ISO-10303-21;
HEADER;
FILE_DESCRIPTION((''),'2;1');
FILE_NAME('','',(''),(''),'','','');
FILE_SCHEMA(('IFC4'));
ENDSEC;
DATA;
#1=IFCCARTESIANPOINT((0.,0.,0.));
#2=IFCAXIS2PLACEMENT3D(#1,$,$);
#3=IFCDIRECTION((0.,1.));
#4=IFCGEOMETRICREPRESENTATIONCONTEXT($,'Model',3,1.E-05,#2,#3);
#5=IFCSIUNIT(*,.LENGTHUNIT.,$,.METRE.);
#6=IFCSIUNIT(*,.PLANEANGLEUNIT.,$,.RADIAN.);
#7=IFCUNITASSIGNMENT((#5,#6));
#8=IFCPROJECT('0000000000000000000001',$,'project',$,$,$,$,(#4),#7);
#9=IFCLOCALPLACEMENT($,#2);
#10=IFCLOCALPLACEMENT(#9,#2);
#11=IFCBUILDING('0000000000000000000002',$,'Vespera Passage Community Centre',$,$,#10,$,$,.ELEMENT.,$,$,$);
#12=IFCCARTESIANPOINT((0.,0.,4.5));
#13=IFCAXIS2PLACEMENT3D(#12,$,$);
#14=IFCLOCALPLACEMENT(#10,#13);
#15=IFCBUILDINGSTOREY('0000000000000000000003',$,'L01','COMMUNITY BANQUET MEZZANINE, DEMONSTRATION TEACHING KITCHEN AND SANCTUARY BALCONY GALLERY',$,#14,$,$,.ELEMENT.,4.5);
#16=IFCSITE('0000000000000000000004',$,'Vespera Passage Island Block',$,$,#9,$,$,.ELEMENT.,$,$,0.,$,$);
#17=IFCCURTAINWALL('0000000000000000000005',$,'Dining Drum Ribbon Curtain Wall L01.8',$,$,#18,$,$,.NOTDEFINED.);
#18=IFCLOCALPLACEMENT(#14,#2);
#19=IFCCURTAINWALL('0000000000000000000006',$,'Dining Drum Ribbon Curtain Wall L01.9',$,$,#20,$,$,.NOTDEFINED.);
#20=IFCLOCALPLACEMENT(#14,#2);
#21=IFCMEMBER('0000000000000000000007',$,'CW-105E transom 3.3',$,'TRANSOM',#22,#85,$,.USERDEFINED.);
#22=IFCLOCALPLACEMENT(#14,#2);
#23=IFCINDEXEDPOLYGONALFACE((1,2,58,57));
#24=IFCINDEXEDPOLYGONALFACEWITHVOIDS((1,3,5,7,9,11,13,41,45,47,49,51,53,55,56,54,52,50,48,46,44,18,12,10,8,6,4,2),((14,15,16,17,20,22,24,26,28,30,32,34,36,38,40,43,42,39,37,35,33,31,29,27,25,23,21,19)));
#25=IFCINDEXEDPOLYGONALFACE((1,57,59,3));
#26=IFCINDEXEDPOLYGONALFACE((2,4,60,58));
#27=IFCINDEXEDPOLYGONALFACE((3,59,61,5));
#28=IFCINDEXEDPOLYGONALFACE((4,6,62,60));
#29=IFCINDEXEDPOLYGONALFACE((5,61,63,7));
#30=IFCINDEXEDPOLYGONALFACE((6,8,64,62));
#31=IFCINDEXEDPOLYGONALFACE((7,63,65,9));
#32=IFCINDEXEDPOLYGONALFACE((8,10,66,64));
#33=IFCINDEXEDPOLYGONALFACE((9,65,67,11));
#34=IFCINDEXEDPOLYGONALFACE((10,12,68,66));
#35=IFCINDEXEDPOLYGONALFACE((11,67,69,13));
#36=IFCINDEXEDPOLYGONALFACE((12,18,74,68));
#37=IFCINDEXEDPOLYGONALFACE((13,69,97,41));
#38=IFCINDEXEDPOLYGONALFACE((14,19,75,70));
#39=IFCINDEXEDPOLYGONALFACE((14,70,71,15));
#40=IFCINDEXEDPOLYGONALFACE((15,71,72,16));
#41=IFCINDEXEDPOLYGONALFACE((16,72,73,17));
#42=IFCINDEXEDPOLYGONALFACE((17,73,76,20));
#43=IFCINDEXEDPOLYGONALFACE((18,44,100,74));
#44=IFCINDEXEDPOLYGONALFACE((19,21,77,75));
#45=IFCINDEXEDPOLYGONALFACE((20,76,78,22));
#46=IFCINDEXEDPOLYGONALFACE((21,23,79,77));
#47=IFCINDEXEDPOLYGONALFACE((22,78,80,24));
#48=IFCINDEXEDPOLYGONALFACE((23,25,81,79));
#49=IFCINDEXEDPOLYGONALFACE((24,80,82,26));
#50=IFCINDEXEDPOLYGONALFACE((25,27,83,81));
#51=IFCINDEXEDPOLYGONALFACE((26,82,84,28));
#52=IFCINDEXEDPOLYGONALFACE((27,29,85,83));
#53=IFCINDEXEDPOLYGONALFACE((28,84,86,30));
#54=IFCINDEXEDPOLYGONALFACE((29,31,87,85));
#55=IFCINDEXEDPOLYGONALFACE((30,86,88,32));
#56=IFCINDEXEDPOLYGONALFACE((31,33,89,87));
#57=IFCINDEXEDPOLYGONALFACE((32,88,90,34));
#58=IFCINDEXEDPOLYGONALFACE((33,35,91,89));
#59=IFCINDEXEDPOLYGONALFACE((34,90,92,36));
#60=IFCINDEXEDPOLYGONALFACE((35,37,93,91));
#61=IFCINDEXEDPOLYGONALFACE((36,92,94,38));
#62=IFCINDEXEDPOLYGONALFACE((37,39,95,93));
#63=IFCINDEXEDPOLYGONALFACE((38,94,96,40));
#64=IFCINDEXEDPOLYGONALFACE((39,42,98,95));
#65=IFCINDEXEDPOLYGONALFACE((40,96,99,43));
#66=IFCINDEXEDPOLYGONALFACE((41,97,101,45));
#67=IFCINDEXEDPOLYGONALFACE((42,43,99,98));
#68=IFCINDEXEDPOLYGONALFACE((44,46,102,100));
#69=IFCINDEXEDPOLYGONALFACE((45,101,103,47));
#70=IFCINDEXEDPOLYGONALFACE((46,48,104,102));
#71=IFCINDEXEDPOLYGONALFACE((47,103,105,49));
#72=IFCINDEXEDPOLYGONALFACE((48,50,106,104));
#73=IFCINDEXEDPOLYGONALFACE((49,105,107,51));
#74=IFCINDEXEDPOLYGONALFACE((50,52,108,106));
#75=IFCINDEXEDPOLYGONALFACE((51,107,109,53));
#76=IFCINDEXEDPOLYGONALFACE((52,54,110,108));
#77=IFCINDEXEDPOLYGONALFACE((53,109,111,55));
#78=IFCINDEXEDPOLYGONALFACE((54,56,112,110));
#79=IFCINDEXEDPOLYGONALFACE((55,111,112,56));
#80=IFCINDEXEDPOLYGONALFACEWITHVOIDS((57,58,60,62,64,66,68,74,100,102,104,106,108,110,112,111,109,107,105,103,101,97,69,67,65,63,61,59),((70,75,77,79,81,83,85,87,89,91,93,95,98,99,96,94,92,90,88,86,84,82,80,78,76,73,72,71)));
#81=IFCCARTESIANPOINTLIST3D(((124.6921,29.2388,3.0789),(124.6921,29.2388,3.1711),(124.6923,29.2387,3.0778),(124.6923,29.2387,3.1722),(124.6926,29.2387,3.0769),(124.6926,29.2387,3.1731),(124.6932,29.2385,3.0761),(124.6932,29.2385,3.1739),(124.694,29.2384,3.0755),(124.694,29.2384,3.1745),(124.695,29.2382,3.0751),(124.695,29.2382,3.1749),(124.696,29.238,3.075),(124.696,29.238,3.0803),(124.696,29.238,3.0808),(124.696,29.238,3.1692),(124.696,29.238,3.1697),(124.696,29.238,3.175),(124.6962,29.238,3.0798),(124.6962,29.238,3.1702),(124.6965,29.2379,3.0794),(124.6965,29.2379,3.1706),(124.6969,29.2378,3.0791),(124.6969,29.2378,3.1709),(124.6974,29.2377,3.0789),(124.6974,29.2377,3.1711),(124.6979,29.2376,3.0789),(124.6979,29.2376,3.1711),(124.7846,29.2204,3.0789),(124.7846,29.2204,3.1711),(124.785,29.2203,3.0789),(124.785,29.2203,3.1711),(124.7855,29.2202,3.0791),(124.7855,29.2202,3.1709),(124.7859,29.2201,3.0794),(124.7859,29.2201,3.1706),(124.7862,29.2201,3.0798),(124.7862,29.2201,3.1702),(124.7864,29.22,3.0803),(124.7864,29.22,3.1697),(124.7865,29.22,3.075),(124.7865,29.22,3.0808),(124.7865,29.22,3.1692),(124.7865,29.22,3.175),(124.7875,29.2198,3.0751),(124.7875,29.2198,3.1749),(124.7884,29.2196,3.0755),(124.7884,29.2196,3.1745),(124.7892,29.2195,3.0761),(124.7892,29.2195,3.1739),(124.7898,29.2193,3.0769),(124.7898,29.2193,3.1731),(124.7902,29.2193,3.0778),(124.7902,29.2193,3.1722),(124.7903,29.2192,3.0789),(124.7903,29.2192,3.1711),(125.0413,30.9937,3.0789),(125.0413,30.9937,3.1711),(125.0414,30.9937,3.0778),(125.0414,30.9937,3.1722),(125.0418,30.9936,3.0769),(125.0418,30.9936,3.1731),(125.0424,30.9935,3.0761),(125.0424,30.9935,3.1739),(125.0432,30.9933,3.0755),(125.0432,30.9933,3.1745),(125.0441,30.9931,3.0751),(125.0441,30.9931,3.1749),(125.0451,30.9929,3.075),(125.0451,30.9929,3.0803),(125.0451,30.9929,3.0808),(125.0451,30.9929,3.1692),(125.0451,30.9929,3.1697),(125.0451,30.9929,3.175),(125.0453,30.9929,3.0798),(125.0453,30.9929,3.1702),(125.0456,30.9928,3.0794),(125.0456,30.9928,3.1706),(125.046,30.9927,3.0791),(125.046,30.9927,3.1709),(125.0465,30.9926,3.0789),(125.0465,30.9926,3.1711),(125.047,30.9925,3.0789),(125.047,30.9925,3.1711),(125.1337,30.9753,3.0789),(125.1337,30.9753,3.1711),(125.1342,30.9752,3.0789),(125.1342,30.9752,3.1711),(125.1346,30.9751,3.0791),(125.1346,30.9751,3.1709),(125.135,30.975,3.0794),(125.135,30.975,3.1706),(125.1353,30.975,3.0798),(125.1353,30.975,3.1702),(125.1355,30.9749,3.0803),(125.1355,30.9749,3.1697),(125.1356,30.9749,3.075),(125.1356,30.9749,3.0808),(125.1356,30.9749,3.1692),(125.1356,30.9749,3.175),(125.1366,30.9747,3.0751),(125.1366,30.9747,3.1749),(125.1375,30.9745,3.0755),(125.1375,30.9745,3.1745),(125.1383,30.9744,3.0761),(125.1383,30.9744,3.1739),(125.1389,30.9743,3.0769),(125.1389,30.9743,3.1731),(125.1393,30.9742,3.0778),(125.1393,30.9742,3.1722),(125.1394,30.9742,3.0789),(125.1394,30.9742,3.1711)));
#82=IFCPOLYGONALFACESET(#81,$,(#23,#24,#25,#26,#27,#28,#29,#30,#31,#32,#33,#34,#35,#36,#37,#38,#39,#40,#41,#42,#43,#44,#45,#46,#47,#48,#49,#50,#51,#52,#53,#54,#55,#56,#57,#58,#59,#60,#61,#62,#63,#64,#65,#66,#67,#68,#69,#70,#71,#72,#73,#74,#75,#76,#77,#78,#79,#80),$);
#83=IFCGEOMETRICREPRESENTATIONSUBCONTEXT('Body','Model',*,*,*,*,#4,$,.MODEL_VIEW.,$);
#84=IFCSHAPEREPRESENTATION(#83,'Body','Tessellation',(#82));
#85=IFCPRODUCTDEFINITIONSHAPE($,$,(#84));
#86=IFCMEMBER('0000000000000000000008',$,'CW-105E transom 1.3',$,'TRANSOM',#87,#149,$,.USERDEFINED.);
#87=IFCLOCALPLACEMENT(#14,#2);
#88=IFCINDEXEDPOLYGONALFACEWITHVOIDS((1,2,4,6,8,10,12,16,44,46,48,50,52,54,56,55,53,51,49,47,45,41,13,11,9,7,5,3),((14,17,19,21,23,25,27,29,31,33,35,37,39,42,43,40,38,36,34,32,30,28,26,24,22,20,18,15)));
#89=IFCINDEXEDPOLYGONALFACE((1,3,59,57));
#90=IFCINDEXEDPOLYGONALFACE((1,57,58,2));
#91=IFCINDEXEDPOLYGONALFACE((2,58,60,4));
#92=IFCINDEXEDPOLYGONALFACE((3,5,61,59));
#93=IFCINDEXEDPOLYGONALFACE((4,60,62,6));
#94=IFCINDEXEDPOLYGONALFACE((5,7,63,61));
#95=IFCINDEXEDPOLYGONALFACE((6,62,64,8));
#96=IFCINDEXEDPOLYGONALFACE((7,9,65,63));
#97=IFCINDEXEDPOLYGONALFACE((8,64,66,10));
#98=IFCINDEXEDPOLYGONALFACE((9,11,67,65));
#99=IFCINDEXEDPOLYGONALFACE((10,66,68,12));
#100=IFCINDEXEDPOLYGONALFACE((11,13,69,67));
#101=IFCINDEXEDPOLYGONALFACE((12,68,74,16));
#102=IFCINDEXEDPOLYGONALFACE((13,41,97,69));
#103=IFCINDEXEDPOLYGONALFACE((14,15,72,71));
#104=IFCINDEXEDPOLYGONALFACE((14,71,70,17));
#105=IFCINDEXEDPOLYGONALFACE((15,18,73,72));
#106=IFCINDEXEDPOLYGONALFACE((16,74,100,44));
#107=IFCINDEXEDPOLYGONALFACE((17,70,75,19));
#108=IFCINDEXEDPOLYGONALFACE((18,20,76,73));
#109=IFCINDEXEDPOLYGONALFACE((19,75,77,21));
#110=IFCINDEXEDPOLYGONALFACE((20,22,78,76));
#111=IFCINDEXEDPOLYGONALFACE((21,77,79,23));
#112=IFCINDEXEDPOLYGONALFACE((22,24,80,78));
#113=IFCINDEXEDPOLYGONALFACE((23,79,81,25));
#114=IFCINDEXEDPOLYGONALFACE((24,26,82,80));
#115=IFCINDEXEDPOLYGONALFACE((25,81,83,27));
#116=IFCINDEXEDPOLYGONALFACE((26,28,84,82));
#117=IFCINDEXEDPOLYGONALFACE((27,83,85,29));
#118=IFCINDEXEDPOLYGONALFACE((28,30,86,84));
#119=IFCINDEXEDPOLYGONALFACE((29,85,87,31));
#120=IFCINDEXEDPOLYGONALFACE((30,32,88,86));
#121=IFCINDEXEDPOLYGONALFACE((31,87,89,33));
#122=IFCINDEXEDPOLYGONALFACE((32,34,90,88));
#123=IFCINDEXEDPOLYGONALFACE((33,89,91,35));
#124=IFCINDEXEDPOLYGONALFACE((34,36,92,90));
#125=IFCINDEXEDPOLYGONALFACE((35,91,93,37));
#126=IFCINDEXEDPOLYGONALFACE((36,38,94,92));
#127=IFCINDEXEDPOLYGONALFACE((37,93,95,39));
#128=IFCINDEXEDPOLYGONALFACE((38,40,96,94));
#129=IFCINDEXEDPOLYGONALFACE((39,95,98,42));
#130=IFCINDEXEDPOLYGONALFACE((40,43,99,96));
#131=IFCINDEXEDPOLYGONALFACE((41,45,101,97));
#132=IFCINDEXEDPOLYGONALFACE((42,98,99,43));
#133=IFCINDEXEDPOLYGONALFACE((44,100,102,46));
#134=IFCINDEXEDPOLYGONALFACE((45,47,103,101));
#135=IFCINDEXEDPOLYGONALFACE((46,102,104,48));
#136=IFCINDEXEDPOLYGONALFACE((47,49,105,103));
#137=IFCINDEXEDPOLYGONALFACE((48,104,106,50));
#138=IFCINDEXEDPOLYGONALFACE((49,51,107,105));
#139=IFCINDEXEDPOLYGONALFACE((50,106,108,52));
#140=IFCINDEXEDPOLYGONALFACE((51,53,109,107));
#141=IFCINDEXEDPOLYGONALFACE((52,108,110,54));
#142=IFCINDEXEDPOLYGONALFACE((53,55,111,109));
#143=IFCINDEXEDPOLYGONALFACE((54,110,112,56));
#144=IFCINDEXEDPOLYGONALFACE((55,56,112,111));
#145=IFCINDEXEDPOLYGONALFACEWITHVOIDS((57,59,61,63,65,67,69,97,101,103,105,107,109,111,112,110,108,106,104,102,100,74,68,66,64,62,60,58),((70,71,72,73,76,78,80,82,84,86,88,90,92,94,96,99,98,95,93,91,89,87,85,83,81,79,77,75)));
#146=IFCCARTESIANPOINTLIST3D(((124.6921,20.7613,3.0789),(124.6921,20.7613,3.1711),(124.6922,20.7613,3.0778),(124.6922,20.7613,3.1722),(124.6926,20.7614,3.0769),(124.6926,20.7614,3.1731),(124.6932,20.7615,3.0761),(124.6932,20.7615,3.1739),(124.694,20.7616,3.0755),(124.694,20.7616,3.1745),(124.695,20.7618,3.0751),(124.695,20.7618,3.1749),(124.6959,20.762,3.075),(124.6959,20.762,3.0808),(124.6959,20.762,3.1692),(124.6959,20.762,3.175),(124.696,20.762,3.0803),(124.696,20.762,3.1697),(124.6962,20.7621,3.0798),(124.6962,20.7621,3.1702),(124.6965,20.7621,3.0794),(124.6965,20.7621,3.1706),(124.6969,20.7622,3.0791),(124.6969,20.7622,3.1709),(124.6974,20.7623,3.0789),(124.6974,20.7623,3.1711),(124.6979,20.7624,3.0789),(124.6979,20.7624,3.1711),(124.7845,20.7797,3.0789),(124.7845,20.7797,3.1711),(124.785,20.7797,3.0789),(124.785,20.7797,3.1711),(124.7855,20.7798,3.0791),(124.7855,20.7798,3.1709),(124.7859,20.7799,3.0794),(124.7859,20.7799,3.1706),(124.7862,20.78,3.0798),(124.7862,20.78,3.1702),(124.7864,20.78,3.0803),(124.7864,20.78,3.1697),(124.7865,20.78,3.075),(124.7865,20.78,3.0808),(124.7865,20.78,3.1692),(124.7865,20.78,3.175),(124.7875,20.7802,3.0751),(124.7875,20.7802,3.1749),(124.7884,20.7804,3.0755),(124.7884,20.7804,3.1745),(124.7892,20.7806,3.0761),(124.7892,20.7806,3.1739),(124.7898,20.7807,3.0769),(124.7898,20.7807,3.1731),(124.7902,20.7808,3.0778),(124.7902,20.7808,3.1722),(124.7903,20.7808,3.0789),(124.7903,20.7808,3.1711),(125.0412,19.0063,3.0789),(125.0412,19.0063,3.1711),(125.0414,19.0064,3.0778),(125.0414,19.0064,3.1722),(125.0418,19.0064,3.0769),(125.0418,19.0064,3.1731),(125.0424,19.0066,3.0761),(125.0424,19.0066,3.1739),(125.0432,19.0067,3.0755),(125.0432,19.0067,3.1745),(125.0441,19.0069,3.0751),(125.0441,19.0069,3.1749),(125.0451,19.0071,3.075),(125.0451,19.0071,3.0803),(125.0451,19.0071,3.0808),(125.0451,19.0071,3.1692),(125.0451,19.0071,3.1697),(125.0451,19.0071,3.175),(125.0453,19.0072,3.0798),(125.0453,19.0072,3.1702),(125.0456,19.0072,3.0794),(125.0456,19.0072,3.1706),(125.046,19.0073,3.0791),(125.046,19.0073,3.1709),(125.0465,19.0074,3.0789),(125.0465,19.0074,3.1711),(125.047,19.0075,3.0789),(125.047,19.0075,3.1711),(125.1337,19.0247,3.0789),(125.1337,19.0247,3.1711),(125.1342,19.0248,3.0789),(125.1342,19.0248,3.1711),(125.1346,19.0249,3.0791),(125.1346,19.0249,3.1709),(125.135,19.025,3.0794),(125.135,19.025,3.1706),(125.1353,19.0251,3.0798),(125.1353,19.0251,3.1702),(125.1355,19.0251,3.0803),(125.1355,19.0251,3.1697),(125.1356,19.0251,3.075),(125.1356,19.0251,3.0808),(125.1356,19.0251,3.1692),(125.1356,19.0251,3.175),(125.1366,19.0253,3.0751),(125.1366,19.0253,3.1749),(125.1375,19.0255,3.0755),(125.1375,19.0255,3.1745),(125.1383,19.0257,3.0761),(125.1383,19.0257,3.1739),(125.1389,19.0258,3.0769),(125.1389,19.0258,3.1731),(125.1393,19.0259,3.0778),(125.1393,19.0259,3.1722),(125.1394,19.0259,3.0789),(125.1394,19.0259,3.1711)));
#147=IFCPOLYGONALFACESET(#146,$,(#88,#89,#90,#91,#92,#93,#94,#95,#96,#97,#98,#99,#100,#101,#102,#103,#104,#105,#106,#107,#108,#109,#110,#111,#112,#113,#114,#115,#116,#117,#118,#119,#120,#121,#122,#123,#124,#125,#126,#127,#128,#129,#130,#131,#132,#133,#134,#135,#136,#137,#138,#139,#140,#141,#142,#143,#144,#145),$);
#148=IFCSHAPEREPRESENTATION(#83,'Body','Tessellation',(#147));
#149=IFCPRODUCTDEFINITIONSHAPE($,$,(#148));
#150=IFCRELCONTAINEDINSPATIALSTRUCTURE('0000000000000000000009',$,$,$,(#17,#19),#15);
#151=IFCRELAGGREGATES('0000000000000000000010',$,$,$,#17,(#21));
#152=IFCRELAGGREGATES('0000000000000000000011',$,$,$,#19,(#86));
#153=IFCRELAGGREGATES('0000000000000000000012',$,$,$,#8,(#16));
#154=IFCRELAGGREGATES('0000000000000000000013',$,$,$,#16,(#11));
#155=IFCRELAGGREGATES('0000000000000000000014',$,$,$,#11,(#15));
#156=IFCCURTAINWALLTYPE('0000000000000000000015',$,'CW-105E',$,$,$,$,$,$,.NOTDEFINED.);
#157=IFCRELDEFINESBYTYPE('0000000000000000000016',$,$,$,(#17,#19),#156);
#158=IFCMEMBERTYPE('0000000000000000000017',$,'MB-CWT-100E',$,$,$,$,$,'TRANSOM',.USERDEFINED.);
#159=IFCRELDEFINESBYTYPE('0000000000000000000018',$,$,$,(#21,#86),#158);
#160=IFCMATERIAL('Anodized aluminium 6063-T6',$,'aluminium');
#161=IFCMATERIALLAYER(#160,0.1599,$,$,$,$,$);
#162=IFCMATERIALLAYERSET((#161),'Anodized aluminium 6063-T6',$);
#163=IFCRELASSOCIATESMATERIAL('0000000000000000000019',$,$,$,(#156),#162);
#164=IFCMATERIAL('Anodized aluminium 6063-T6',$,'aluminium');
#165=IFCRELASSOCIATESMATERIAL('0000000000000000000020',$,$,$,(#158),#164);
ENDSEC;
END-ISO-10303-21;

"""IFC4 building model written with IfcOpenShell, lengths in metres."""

from ifc_helpers import new_model, si_unit, direction, frame, origin, origin_2d, place, context, subcontext, project, spatial, hollow_rectangle, extrude, material, layer, layer_set, material_profile, profile_set, type_object, element, aggregate, save


model = new_model("IFC4")

# Units and contexts
model_context = context("Model", 3, precision=1e-05, world=origin(), true_north=direction((0.0, 1.0)))
body_context = subcontext(model_context, "Body", "Model", "MODEL_VIEW")
ifc_project = project(units=[si_unit("LENGTHUNIT", "METRE"), si_unit("PLANEANGLEUNIT", "RADIAN")], contexts=[model_context])

# Site, building, storey
site_placement = place(None, origin())
site = spatial("IfcSite", under=ifc_project, at=site_placement, Name="Vespera Passage Island Block", CompositionType="ELEMENT", RefElevation=0.0)
building_placement = place(site_placement, origin())
building = spatial("IfcBuilding", under=site, at=building_placement, Name="Vespera Passage Community Centre", CompositionType="ELEMENT")
storey_placement = place(building_placement, frame((0.0, 0.0, 4.5)))
storey = spatial("IfcBuildingStorey", under=building, at=storey_placement, Name="L01", Description="COMMUNITY BANQUET MEZZANINE, DEMONSTRATION TEACHING KITCHEN AND SANCTUARY BALCONY GALLERY", CompositionType="ELEMENT", Elevation=4.5)

# Curtain walls
ifc_material_1 = material(Name="Anodized aluminium 6063-T6", Category="aluminium")
ifc_layer_1 = layer(ifc_material_1, 0.1599)
ifc_layer_set_1 = layer_set([ifc_layer_1], Name="Anodized aluminium 6063-T6")
curtain_wall_type = type_object("IfcCurtainWallType", Name="CW-105E", PredefinedType="NOTDEFINED", material=ifc_layer_set_1)
curtain_wall_1_placement = place(storey_placement, origin())
curtain_wall_1 = element("IfcCurtainWall", 1, at=curtain_wall_1_placement, inside=storey, type_object=curtain_wall_type, Name="Dining Drum Ribbon Curtain Wall L01.8", PredefinedType="NOTDEFINED")
curtain_wall_2_placement = place(storey_placement, origin())
curtain_wall_2 = element("IfcCurtainWall", 2, at=curtain_wall_2_placement, inside=storey, type_object=curtain_wall_type, Name="Dining Drum Ribbon Curtain Wall L01.9", PredefinedType="NOTDEFINED")

# Members
ifc_material_2 = material(Name="Anodized aluminium 6063-T6", Category="aluminium")
ifc_material_profile_1 = material_profile(ifc_material_2, hollow_rectangle(XDim=0.1001, YDim=0.1001, WallThickness=0.0039, InnerFilletRadius=0.002, OuterFilletRadius=0.0039, at=origin_2d()), Name="ALU100X100X4")
ifc_profile_set_1 = profile_set([ifc_material_profile_1], Name="Anodized aluminium 6063-T6")
member_type_1 = type_object("IfcMemberType", Name="MB-CWT-100E", ElementType="TRANSOM", PredefinedType="USERDEFINED", material=ifc_profile_set_1)
member_1_placement = place(storey_placement, frame((124.7412, 29.229, 3.125), z_axis=(0.195119, 0.98078, 0.0), x_axis=(-0.98078, 0.195119, 0.0)))
member_1 = element("IfcMember", 3, at=member_1_placement, type_object=member_type_1, Name="CW-105E transom 3.3", ObjectType="TRANSOM", PredefinedType="USERDEFINED", context=body_context, shape_type="SweptSolid", body=[
    extrude(hollow_rectangle(XDim=0.1001, YDim=0.1001, WallThickness=0.0039, InnerFilletRadius=0.002, OuterFilletRadius=0.0039, at=origin_2d()), origin(), (0.0, 0.0, 1.0), 1.7893),
])
member_2_placement = place(storey_placement, frame((125.0903, 19.0161, 3.125), z_axis=(-0.195119, 0.98078, 0.0), x_axis=(-0.98078, -0.195119, 0.0)))
member_2 = element("IfcMember", 4, at=member_2_placement, type_object=member_type_1, Name="CW-105E transom 1.3", ObjectType="TRANSOM", PredefinedType="USERDEFINED", context=body_context, shape_type="SweptSolid", body=[
    extrude(hollow_rectangle(XDim=0.1001, YDim=0.1001, WallThickness=0.0039, InnerFilletRadius=0.002, OuterFilletRadius=0.0039, at=origin_2d()), origin(), (0.0, 0.0, 1.0), 1.7893),
])

aggregate(curtain_wall_1, [member_1])
aggregate(curtain_wall_2, [member_2])

save(model, "model.ifc")
